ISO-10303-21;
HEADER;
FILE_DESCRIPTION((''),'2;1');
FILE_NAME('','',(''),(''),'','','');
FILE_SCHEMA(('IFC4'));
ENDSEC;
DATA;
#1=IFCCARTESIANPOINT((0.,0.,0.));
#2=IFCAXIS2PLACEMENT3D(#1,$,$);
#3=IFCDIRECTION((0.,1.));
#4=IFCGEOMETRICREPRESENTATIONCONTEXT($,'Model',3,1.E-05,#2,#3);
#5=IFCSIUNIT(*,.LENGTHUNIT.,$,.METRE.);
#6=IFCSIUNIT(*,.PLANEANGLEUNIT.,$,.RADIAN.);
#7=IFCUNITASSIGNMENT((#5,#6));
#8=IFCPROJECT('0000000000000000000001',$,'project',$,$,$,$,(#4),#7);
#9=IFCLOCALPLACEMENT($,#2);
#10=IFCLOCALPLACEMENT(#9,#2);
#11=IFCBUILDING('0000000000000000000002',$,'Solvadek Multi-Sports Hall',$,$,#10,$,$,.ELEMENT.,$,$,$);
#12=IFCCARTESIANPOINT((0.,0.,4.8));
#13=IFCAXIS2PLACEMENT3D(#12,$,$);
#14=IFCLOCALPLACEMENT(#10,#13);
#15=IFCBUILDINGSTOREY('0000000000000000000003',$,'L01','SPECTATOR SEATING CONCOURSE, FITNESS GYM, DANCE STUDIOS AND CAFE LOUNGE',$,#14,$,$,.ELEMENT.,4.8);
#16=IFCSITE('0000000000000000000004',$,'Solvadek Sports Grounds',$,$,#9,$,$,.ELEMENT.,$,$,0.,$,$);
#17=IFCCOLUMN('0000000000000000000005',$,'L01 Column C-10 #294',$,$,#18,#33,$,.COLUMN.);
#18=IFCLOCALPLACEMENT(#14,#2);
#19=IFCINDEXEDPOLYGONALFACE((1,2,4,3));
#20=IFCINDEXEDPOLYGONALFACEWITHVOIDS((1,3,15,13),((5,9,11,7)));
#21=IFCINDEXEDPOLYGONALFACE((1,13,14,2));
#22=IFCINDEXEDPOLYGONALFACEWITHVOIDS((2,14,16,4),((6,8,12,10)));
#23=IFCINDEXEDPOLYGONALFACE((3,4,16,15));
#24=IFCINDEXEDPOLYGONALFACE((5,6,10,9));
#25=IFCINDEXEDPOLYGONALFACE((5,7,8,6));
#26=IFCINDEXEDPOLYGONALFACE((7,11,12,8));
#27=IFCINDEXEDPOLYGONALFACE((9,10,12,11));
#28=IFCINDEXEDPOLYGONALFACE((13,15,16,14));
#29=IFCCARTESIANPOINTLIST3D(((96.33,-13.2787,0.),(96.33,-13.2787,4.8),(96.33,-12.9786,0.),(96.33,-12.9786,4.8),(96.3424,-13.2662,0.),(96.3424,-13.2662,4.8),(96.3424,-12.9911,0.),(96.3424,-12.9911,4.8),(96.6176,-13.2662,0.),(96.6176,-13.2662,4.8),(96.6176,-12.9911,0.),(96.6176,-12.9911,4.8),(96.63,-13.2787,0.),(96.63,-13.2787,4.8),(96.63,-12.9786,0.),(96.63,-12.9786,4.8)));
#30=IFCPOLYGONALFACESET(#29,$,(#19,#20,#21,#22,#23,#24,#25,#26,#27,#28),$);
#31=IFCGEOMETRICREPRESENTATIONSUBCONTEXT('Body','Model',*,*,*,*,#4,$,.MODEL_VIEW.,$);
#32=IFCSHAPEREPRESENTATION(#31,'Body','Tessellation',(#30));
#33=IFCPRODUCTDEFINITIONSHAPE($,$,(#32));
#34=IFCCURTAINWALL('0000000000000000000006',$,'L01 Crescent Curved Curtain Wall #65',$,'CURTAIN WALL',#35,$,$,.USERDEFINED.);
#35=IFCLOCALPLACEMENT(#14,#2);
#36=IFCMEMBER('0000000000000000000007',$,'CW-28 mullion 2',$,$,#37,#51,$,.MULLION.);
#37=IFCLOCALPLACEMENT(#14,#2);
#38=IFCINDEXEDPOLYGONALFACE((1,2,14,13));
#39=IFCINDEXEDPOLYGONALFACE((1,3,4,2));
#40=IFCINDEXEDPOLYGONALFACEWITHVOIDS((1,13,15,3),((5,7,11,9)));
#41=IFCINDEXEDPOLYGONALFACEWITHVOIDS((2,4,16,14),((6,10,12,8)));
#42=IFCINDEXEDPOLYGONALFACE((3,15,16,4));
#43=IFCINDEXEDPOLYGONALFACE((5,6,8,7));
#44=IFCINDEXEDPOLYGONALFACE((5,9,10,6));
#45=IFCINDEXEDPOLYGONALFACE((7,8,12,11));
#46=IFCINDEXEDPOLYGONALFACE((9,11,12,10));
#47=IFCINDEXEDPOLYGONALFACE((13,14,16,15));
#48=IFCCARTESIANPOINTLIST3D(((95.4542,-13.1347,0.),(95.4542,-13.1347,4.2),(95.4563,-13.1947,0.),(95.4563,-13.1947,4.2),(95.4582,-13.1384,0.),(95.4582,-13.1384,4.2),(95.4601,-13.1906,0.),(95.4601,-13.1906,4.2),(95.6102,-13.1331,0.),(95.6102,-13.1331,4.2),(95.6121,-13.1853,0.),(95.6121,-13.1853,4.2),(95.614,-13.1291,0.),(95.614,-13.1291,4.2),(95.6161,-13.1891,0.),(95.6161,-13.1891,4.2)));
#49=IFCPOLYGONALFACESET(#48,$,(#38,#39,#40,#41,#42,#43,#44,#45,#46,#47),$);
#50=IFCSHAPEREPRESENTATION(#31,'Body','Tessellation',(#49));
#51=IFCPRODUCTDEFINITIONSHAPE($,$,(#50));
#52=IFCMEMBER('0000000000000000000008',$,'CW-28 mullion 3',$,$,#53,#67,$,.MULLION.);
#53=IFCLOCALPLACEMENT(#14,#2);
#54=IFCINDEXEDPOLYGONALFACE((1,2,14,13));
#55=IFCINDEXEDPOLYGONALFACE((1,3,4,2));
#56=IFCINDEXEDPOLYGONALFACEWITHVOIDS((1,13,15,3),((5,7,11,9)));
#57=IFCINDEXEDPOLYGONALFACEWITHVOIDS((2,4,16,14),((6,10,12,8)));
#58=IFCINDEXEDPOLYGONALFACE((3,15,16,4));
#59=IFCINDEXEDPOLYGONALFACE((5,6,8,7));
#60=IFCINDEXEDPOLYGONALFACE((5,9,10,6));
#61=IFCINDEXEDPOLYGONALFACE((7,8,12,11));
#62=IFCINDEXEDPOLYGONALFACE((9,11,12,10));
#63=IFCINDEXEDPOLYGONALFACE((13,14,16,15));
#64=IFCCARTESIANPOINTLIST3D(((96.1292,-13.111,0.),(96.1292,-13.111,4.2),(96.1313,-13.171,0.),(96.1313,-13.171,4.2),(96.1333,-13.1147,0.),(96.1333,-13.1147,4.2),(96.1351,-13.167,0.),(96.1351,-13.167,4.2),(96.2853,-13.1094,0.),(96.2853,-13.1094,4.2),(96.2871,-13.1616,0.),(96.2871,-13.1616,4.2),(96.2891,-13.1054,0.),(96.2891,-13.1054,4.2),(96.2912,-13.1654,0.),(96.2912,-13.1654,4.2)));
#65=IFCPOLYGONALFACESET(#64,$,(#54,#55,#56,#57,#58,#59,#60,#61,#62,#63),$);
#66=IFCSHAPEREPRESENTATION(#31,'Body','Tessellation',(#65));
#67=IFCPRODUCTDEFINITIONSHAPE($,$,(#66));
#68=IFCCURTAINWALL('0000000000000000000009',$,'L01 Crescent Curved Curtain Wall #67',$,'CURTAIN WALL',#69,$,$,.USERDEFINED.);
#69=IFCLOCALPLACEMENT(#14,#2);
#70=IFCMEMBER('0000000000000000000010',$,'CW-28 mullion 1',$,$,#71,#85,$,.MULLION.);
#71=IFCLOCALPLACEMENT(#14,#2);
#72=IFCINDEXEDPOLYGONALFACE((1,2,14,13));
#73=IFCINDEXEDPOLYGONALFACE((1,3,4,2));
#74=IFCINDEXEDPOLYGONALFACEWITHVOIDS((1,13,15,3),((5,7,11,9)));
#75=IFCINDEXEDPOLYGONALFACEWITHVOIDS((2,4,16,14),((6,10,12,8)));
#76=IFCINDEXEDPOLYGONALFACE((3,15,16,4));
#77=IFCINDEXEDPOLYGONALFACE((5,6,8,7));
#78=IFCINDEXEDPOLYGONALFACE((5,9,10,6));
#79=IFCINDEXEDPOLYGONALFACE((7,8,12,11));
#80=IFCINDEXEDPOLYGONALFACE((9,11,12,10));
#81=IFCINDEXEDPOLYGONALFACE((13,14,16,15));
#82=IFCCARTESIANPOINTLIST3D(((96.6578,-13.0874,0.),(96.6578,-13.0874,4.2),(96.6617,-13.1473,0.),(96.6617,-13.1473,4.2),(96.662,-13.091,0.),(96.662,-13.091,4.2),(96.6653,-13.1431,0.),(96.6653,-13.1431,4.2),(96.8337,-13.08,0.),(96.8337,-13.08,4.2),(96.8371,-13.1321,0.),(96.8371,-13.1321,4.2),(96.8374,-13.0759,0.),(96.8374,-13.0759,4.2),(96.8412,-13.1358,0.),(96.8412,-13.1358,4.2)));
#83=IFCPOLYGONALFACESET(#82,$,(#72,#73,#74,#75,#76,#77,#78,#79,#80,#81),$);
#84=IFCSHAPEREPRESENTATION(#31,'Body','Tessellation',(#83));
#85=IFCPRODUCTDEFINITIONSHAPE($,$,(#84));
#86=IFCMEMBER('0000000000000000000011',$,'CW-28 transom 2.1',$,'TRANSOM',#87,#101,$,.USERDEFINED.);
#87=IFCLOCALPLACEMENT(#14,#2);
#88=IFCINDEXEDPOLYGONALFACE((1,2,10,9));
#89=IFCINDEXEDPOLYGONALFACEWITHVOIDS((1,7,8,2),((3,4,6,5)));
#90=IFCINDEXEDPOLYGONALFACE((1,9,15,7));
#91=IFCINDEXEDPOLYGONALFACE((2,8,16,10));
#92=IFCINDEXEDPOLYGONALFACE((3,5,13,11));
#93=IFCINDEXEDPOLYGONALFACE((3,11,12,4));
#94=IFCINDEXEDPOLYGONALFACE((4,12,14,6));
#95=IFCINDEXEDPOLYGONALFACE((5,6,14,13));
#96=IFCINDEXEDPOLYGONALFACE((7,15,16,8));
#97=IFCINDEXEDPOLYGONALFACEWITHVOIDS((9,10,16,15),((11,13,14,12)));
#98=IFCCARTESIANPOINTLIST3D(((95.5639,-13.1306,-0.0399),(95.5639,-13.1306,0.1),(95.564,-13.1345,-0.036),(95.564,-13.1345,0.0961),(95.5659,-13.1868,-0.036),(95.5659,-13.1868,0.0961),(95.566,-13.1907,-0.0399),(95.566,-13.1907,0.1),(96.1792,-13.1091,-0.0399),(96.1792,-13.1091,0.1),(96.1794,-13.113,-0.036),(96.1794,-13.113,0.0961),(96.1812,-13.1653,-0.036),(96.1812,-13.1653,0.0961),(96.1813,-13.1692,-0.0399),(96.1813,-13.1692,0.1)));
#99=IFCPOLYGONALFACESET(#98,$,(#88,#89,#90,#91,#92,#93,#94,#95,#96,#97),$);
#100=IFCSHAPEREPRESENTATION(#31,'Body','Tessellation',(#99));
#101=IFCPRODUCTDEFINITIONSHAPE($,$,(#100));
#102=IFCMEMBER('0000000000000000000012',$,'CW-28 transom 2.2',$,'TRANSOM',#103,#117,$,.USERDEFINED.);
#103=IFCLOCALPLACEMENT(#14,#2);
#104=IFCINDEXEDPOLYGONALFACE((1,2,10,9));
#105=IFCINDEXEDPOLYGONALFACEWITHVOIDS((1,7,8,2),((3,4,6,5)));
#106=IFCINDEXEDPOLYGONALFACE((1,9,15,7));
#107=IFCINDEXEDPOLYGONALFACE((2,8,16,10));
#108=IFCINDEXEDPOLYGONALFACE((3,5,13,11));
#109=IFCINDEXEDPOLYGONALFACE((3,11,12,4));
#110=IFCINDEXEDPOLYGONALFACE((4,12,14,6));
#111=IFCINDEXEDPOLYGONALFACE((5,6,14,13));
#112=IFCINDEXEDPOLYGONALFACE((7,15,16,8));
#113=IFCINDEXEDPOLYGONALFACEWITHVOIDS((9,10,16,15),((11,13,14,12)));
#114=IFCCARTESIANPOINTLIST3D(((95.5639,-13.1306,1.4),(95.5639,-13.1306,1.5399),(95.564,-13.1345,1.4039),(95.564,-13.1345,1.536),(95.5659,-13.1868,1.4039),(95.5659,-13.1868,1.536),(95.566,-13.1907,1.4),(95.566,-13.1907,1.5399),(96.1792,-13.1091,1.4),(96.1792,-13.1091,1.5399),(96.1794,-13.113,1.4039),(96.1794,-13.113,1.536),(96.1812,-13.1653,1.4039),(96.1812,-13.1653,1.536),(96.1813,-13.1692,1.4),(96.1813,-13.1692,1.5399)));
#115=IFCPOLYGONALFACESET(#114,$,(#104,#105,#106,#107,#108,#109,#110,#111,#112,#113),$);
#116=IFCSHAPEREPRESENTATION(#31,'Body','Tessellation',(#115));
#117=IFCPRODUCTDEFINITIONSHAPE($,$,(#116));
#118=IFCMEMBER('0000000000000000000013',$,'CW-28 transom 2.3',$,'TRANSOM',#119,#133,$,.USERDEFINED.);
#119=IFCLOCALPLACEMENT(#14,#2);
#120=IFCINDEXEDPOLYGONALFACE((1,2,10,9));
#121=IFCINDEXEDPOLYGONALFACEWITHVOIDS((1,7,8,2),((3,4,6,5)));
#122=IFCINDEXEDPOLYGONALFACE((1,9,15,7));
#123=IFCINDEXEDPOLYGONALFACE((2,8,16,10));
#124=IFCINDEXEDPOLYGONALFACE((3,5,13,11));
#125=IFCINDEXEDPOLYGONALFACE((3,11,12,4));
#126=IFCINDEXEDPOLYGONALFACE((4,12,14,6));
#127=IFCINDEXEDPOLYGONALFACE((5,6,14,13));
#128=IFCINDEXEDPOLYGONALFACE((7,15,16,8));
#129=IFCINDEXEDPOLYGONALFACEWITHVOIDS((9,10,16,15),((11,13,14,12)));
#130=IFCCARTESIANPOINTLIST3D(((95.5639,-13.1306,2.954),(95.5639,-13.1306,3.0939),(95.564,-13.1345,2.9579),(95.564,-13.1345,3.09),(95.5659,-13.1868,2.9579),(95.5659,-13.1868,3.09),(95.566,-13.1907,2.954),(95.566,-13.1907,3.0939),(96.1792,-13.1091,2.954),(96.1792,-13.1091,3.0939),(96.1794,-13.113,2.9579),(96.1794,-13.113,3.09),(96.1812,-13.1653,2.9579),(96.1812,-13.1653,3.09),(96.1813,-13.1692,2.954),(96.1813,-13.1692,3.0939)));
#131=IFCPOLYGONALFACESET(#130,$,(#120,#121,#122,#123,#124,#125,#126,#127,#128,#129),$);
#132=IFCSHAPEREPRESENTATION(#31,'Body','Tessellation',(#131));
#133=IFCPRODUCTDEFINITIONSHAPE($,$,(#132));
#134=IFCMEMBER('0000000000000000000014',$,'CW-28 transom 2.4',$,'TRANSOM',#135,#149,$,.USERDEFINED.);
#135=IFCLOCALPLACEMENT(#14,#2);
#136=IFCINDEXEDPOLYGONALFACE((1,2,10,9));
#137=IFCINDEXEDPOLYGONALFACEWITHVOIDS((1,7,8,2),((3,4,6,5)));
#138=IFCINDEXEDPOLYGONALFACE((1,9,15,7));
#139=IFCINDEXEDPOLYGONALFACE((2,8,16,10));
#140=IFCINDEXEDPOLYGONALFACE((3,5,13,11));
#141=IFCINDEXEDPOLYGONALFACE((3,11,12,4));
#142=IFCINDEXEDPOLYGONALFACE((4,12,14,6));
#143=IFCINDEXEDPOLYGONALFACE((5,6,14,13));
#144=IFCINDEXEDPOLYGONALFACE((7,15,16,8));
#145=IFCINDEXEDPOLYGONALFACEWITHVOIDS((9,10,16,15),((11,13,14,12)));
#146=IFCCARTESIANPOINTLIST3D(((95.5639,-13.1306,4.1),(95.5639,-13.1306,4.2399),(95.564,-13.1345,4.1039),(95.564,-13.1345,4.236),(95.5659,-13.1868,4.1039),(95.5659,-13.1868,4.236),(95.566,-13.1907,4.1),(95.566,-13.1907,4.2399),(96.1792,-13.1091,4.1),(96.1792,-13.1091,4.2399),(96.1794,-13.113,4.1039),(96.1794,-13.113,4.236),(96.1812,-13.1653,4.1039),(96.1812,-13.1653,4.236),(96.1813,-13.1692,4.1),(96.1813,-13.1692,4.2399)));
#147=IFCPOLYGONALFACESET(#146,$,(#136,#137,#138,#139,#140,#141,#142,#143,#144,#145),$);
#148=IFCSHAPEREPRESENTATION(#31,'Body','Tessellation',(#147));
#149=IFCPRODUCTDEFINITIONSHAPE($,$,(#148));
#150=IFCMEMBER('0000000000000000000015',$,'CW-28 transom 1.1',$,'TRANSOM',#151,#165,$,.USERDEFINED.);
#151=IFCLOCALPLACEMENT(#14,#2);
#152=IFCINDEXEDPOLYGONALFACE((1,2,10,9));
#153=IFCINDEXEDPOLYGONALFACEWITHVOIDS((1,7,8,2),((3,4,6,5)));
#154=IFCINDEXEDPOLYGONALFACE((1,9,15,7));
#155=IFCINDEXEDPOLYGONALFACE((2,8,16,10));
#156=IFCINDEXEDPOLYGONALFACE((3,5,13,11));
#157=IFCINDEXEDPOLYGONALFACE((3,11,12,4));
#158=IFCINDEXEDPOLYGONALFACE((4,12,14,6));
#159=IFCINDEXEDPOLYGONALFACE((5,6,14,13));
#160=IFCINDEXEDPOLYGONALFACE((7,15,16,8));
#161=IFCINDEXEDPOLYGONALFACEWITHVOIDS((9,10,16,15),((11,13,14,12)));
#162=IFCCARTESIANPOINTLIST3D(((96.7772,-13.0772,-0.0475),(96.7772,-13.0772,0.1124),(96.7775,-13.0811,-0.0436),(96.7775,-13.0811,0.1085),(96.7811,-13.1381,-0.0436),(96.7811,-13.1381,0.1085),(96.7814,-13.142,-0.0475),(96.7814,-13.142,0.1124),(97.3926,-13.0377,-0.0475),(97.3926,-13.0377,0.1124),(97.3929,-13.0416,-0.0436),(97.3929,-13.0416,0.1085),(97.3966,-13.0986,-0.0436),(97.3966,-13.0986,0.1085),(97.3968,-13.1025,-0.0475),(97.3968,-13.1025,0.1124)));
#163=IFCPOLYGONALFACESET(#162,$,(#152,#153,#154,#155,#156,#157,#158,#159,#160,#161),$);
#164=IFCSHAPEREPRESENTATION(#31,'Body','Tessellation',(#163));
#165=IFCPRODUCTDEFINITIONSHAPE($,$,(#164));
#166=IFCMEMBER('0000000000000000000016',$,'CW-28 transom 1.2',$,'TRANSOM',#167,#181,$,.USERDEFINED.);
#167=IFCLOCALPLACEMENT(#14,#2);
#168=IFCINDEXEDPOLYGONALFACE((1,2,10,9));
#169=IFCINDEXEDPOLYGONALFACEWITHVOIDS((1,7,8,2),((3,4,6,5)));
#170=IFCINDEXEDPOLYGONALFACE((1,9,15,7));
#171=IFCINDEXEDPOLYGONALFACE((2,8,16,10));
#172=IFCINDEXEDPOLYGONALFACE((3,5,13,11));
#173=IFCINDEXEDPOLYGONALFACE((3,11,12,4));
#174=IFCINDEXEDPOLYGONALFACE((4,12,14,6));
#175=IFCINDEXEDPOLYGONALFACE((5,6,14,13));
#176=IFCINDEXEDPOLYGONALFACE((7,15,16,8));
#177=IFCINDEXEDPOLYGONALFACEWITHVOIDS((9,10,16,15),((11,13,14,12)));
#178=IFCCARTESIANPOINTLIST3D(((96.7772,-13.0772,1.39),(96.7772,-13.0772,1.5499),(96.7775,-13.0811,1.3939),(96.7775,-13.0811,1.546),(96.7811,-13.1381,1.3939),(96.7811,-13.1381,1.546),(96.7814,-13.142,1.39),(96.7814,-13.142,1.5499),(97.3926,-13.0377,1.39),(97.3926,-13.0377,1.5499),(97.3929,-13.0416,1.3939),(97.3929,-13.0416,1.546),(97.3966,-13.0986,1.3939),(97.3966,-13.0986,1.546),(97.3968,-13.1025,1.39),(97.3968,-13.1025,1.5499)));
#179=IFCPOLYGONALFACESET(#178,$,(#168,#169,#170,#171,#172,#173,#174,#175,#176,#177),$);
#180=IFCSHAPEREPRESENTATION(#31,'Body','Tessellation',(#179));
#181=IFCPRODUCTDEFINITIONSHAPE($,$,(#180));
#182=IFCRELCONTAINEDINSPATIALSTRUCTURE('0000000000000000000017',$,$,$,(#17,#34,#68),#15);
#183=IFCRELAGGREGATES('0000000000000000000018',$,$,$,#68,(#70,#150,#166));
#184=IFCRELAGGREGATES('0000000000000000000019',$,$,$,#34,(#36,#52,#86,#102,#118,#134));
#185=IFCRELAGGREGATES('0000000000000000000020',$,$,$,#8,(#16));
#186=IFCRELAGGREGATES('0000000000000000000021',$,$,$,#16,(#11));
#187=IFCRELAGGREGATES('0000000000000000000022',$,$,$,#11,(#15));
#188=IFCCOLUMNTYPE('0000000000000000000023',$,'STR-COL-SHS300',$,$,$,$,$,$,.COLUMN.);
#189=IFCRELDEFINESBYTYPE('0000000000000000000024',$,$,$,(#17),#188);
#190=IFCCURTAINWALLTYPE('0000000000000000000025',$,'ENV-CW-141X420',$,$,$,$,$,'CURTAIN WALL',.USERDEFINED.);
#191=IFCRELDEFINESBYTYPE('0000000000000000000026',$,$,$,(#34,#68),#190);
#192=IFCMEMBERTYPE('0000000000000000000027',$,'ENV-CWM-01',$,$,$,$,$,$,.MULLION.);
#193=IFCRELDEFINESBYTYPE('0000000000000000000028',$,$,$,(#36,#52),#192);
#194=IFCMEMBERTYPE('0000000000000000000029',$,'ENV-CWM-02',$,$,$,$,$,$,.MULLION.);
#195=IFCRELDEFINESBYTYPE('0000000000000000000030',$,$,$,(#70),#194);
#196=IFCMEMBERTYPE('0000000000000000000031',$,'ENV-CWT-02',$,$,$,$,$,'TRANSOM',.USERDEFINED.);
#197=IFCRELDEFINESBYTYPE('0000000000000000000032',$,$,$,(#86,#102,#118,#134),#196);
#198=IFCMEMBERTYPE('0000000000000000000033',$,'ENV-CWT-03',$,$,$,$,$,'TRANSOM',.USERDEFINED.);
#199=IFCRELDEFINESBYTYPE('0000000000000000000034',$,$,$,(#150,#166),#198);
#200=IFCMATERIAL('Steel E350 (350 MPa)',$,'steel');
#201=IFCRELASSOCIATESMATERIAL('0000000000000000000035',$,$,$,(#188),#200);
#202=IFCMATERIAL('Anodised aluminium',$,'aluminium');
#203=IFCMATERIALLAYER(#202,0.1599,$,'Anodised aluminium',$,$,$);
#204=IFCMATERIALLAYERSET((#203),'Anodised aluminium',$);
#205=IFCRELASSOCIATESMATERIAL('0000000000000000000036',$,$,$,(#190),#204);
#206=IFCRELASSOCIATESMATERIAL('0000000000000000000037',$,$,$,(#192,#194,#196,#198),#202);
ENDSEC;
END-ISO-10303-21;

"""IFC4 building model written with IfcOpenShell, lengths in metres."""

from ifc_helpers import new_model, si_unit, direction, frame, origin, origin_2d, place, context, subcontext, project, spatial, hollow_rectangle, extrude, material, layer, layer_set, material_profile, profile_set, type_object, element, aggregate, save


model = new_model("IFC4")

# Units and contexts
model_context = context("Model", 3, precision=1e-05, world=origin(), true_north=direction((0.0, 1.0)))
body_context = subcontext(model_context, "Body", "Model", "MODEL_VIEW")
ifc_project = project(units=[si_unit("LENGTHUNIT", "METRE"), si_unit("PLANEANGLEUNIT", "RADIAN")], contexts=[model_context])

# Site, building, storey
site_placement = place(None, origin())
site = spatial("IfcSite", under=ifc_project, at=site_placement, Name="Solvadek Sports Grounds", CompositionType="ELEMENT", RefElevation=0.0)
building_placement = place(site_placement, origin())
building = spatial("IfcBuilding", under=site, at=building_placement, Name="Solvadek Multi-Sports Hall", CompositionType="ELEMENT")
storey_placement = place(building_placement, frame((0.0, 0.0, 4.8)))
storey = spatial("IfcBuildingStorey", under=building, at=storey_placement, Name="L01", Description="SPECTATOR SEATING CONCOURSE, FITNESS GYM, DANCE STUDIOS AND CAFE LOUNGE", CompositionType="ELEMENT", Elevation=4.8)

# Column
ifc_material_1 = material(Name="Steel E350 (350 MPa)", Category="steel")
ifc_material_profile_1 = material_profile(ifc_material_1, hollow_rectangle(XDim=0.3, YDim=0.3, WallThickness=0.0125, at=origin_2d()), Name="SHS 300x300x12.5")
ifc_profile_set_1 = profile_set([ifc_material_profile_1], Name="Steel E350 (350 MPa)")
column_type = type_object("IfcColumnType", Name="STR-COL-SHS300", PredefinedType="COLUMN", material=ifc_profile_set_1)
column_placement = place(storey_placement, frame((96.48, -13.1287, 0.0), z_axis=(0.0, 0.0, 1.0), x_axis=(1.0, 0.0, 0.0)))
element("IfcColumn", 1, at=column_placement, inside=storey, type_object=column_type, Name="L01 Column C-10 #294", PredefinedType="COLUMN", context=body_context, shape_type="SweptSolid", body=[
    extrude(hollow_rectangle(XDim=0.3, YDim=0.3, WallThickness=0.0125, at=origin_2d()), origin(), (0.0, 0.0, 1.0), 4.8),
])

# Curtain wall, members
ifc_material_2 = material(Name="Anodised aluminium", Category="aluminium")
ifc_layer_1 = layer(ifc_material_2, 0.1599, Name="Anodised aluminium")
ifc_layer_set_1 = layer_set([ifc_layer_1], Name="Anodised aluminium")
curtain_wall_type = type_object("IfcCurtainWallType", Name="ENV-CW-141X420", ElementType="CURTAIN WALL", PredefinedType="USERDEFINED", material=ifc_layer_set_1)
curtain_wall_1_placement = place(storey_placement, origin())
curtain_wall_1 = element("IfcCurtainWall", 2, at=curtain_wall_1_placement, inside=storey, type_object=curtain_wall_type, Name="L01 Crescent Curved Curtain Wall #65", ObjectType="CURTAIN WALL", PredefinedType="USERDEFINED")
ifc_material_profile_2 = material_profile(ifc_material_2, hollow_rectangle(XDim=0.0601, YDim=0.1599, WallThickness=0.0039, at=origin_2d()), Name="ALU-M 160x60x4")
ifc_profile_set_2 = profile_set([ifc_material_profile_2], Name="Anodised aluminium")
member_type_1 = type_object("IfcMemberType", Name="ENV-CWM-01", PredefinedType="MULLION", material=ifc_profile_set_2)
member_1_placement = place(storey_placement, frame((95.5352, -13.1619, 0.0), z_axis=(0.0, 0.0, 1.0), x_axis=(-0.035011, 0.999387, 0.0)))
member_1 = element("IfcMember", 3, at=member_1_placement, type_object=member_type_1, Name="CW-28 mullion 2", PredefinedType="MULLION", context=body_context, shape_type="SweptSolid", body=[
    extrude(hollow_rectangle(XDim=0.0601, YDim=0.1599, WallThickness=0.0039, at=origin_2d()), origin(), (0.0, 0.0, 1.0), 4.2),
])
member_2_placement = place(storey_placement, frame((96.2102, -13.1382, 0.0), z_axis=(0.0, 0.0, 1.0), x_axis=(-0.035011, 0.999387, 0.0)))
member_2 = element("IfcMember", 4, at=member_2_placement, type_object=member_type_1, Name="CW-28 mullion 3", PredefinedType="MULLION", context=body_context, shape_type="SweptSolid", body=[
    extrude(hollow_rectangle(XDim=0.0601, YDim=0.1599, WallThickness=0.0039, at=origin_2d()), origin(), (0.0, 0.0, 1.0), 4.2),
])

# Curtain wall, member
curtain_wall_2_placement = place(storey_placement, origin())
curtain_wall_2 = element("IfcCurtainWall", 5, at=curtain_wall_2_placement, inside=storey, type_object=curtain_wall_type, Name="L01 Crescent Curved Curtain Wall #67", ObjectType="CURTAIN WALL", PredefinedType="USERDEFINED")
ifc_material_profile_3 = material_profile(ifc_material_2, hollow_rectangle(XDim=0.0601, YDim=0.1799, WallThickness=0.0039, at=origin_2d()), Name="ALU-M 180x60x4")
ifc_profile_set_3 = profile_set([ifc_material_profile_3], Name="Anodised aluminium")
member_type_2 = type_object("IfcMemberType", Name="ENV-CWM-02", PredefinedType="MULLION", material=ifc_profile_set_3)
member_3_placement = place(storey_placement, frame((96.7495, -13.1116, 0.0), z_axis=(0.0, 0.0, 1.0), x_axis=(-0.063955, 0.997953, 0.0)))
member_3 = element("IfcMember", 6, at=member_3_placement, type_object=member_type_2, Name="CW-28 mullion 1", PredefinedType="MULLION", context=body_context, shape_type="SweptSolid", body=[
    extrude(hollow_rectangle(XDim=0.0601, YDim=0.1799, WallThickness=0.0039, at=origin_2d()), origin(), (0.0, 0.0, 1.0), 4.2),
])

# Members
ifc_material_profile_4 = material_profile(ifc_material_2, hollow_rectangle(XDim=0.0601, YDim=0.1399, WallThickness=0.0039, at=origin_2d()), Name="ALU-T 140x60x4")
ifc_profile_set_4 = profile_set([ifc_material_profile_4], Name="Anodised aluminium")
member_type_3 = type_object("IfcMemberType", Name="ENV-CWT-02", ElementType="TRANSOM", PredefinedType="USERDEFINED", material=ifc_profile_set_4)
member_4_placement = place(storey_placement, frame((95.5649, -13.1606, 0.03), z_axis=(0.999391, 0.034899, 0.0), x_axis=(-0.034899, 0.999391, 0.0)))
member_4 = element("IfcMember", 7, at=member_4_placement, type_object=member_type_3, Name="CW-28 transom 2.1", ObjectType="TRANSOM", PredefinedType="USERDEFINED", context=body_context, shape_type="SweptSolid", body=[
    extrude(hollow_rectangle(XDim=0.0601, YDim=0.1399, WallThickness=0.0039, at=origin_2d()), origin(), (0.0, 0.0, 1.0), 0.6157),
])
member_5_placement = place(storey_placement, frame((95.5649, -13.1606, 1.47), z_axis=(0.999391, 0.034899, 0.0), x_axis=(-0.034899, 0.999391, 0.0)))
member_5 = element("IfcMember", 8, at=member_5_placement, type_object=member_type_3, Name="CW-28 transom 2.2", ObjectType="TRANSOM", PredefinedType="USERDEFINED", context=body_context, shape_type="SweptSolid", body=[
    extrude(hollow_rectangle(XDim=0.0601, YDim=0.1399, WallThickness=0.0039, at=origin_2d()), origin(), (0.0, 0.0, 1.0), 0.6157),
])
member_6_placement = place(storey_placement, frame((95.5649, -13.1606, 3.0239), z_axis=(0.999391, 0.034899, 0.0), x_axis=(-0.034899, 0.999391, 0.0)))
member_6 = element("IfcMember", 9, at=member_6_placement, type_object=member_type_3, Name="CW-28 transom 2.3", ObjectType="TRANSOM", PredefinedType="USERDEFINED", context=body_context, shape_type="SweptSolid", body=[
    extrude(hollow_rectangle(XDim=0.0601, YDim=0.1399, WallThickness=0.0039, at=origin_2d()), origin(), (0.0, 0.0, 1.0), 0.6157),
])
member_7_placement = place(storey_placement, frame((95.5649, -13.1606, 4.1699), z_axis=(0.999391, 0.034899, 0.0), x_axis=(-0.034899, 0.999391, 0.0)))
member_7 = element("IfcMember", 10, at=member_7_placement, type_object=member_type_3, Name="CW-28 transom 2.4", ObjectType="TRANSOM", PredefinedType="USERDEFINED", context=body_context, shape_type="SweptSolid", body=[
    extrude(hollow_rectangle(XDim=0.0601, YDim=0.1399, WallThickness=0.0039, at=origin_2d()), origin(), (0.0, 0.0, 1.0), 0.6157),
])
ifc_material_profile_5 = material_profile(ifc_material_2, hollow_rectangle(XDim=0.0649, YDim=0.1599, WallThickness=0.0039, at=origin_2d()), Name="ALU-T 160x65x4")
ifc_profile_set_5 = profile_set([ifc_material_profile_5], Name="Anodised aluminium")
member_type_4 = type_object("IfcMemberType", Name="ENV-CWT-03", ElementType="TRANSOM", PredefinedType="USERDEFINED", material=ifc_profile_set_5)
member_8_placement = place(storey_placement, frame((96.7793, -13.1096, 0.0325), z_axis=(0.997942, 0.064128, 0.0), x_axis=(-0.064128, 0.997942, 0.0)))
member_8 = element("IfcMember", 11, at=member_8_placement, type_object=member_type_4, Name="CW-28 transom 1.1", ObjectType="TRANSOM", PredefinedType="USERDEFINED", context=body_context, shape_type="SweptSolid", body=[
    extrude(hollow_rectangle(XDim=0.0649, YDim=0.1599, WallThickness=0.0039, at=origin_2d()), origin(), (0.0, 0.0, 1.0), 0.6167),
])
member_9_placement = place(storey_placement, frame((96.7793, -13.1096, 1.47), z_axis=(0.997942, 0.064128, 0.0), x_axis=(-0.064128, 0.997942, 0.0)))
member_9 = element("IfcMember", 12, at=member_9_placement, type_object=member_type_4, Name="CW-28 transom 1.2", ObjectType="TRANSOM", PredefinedType="USERDEFINED", context=body_context, shape_type="SweptSolid", body=[
    extrude(hollow_rectangle(XDim=0.0649, YDim=0.1599, WallThickness=0.0039, at=origin_2d()), origin(), (0.0, 0.0, 1.0), 0.6167),
])

aggregate(curtain_wall_2, [member_3, member_8, member_9])
aggregate(curtain_wall_1, [member_1, member_2, member_4, member_5, member_6, member_7])

save(model, "model.ifc")
